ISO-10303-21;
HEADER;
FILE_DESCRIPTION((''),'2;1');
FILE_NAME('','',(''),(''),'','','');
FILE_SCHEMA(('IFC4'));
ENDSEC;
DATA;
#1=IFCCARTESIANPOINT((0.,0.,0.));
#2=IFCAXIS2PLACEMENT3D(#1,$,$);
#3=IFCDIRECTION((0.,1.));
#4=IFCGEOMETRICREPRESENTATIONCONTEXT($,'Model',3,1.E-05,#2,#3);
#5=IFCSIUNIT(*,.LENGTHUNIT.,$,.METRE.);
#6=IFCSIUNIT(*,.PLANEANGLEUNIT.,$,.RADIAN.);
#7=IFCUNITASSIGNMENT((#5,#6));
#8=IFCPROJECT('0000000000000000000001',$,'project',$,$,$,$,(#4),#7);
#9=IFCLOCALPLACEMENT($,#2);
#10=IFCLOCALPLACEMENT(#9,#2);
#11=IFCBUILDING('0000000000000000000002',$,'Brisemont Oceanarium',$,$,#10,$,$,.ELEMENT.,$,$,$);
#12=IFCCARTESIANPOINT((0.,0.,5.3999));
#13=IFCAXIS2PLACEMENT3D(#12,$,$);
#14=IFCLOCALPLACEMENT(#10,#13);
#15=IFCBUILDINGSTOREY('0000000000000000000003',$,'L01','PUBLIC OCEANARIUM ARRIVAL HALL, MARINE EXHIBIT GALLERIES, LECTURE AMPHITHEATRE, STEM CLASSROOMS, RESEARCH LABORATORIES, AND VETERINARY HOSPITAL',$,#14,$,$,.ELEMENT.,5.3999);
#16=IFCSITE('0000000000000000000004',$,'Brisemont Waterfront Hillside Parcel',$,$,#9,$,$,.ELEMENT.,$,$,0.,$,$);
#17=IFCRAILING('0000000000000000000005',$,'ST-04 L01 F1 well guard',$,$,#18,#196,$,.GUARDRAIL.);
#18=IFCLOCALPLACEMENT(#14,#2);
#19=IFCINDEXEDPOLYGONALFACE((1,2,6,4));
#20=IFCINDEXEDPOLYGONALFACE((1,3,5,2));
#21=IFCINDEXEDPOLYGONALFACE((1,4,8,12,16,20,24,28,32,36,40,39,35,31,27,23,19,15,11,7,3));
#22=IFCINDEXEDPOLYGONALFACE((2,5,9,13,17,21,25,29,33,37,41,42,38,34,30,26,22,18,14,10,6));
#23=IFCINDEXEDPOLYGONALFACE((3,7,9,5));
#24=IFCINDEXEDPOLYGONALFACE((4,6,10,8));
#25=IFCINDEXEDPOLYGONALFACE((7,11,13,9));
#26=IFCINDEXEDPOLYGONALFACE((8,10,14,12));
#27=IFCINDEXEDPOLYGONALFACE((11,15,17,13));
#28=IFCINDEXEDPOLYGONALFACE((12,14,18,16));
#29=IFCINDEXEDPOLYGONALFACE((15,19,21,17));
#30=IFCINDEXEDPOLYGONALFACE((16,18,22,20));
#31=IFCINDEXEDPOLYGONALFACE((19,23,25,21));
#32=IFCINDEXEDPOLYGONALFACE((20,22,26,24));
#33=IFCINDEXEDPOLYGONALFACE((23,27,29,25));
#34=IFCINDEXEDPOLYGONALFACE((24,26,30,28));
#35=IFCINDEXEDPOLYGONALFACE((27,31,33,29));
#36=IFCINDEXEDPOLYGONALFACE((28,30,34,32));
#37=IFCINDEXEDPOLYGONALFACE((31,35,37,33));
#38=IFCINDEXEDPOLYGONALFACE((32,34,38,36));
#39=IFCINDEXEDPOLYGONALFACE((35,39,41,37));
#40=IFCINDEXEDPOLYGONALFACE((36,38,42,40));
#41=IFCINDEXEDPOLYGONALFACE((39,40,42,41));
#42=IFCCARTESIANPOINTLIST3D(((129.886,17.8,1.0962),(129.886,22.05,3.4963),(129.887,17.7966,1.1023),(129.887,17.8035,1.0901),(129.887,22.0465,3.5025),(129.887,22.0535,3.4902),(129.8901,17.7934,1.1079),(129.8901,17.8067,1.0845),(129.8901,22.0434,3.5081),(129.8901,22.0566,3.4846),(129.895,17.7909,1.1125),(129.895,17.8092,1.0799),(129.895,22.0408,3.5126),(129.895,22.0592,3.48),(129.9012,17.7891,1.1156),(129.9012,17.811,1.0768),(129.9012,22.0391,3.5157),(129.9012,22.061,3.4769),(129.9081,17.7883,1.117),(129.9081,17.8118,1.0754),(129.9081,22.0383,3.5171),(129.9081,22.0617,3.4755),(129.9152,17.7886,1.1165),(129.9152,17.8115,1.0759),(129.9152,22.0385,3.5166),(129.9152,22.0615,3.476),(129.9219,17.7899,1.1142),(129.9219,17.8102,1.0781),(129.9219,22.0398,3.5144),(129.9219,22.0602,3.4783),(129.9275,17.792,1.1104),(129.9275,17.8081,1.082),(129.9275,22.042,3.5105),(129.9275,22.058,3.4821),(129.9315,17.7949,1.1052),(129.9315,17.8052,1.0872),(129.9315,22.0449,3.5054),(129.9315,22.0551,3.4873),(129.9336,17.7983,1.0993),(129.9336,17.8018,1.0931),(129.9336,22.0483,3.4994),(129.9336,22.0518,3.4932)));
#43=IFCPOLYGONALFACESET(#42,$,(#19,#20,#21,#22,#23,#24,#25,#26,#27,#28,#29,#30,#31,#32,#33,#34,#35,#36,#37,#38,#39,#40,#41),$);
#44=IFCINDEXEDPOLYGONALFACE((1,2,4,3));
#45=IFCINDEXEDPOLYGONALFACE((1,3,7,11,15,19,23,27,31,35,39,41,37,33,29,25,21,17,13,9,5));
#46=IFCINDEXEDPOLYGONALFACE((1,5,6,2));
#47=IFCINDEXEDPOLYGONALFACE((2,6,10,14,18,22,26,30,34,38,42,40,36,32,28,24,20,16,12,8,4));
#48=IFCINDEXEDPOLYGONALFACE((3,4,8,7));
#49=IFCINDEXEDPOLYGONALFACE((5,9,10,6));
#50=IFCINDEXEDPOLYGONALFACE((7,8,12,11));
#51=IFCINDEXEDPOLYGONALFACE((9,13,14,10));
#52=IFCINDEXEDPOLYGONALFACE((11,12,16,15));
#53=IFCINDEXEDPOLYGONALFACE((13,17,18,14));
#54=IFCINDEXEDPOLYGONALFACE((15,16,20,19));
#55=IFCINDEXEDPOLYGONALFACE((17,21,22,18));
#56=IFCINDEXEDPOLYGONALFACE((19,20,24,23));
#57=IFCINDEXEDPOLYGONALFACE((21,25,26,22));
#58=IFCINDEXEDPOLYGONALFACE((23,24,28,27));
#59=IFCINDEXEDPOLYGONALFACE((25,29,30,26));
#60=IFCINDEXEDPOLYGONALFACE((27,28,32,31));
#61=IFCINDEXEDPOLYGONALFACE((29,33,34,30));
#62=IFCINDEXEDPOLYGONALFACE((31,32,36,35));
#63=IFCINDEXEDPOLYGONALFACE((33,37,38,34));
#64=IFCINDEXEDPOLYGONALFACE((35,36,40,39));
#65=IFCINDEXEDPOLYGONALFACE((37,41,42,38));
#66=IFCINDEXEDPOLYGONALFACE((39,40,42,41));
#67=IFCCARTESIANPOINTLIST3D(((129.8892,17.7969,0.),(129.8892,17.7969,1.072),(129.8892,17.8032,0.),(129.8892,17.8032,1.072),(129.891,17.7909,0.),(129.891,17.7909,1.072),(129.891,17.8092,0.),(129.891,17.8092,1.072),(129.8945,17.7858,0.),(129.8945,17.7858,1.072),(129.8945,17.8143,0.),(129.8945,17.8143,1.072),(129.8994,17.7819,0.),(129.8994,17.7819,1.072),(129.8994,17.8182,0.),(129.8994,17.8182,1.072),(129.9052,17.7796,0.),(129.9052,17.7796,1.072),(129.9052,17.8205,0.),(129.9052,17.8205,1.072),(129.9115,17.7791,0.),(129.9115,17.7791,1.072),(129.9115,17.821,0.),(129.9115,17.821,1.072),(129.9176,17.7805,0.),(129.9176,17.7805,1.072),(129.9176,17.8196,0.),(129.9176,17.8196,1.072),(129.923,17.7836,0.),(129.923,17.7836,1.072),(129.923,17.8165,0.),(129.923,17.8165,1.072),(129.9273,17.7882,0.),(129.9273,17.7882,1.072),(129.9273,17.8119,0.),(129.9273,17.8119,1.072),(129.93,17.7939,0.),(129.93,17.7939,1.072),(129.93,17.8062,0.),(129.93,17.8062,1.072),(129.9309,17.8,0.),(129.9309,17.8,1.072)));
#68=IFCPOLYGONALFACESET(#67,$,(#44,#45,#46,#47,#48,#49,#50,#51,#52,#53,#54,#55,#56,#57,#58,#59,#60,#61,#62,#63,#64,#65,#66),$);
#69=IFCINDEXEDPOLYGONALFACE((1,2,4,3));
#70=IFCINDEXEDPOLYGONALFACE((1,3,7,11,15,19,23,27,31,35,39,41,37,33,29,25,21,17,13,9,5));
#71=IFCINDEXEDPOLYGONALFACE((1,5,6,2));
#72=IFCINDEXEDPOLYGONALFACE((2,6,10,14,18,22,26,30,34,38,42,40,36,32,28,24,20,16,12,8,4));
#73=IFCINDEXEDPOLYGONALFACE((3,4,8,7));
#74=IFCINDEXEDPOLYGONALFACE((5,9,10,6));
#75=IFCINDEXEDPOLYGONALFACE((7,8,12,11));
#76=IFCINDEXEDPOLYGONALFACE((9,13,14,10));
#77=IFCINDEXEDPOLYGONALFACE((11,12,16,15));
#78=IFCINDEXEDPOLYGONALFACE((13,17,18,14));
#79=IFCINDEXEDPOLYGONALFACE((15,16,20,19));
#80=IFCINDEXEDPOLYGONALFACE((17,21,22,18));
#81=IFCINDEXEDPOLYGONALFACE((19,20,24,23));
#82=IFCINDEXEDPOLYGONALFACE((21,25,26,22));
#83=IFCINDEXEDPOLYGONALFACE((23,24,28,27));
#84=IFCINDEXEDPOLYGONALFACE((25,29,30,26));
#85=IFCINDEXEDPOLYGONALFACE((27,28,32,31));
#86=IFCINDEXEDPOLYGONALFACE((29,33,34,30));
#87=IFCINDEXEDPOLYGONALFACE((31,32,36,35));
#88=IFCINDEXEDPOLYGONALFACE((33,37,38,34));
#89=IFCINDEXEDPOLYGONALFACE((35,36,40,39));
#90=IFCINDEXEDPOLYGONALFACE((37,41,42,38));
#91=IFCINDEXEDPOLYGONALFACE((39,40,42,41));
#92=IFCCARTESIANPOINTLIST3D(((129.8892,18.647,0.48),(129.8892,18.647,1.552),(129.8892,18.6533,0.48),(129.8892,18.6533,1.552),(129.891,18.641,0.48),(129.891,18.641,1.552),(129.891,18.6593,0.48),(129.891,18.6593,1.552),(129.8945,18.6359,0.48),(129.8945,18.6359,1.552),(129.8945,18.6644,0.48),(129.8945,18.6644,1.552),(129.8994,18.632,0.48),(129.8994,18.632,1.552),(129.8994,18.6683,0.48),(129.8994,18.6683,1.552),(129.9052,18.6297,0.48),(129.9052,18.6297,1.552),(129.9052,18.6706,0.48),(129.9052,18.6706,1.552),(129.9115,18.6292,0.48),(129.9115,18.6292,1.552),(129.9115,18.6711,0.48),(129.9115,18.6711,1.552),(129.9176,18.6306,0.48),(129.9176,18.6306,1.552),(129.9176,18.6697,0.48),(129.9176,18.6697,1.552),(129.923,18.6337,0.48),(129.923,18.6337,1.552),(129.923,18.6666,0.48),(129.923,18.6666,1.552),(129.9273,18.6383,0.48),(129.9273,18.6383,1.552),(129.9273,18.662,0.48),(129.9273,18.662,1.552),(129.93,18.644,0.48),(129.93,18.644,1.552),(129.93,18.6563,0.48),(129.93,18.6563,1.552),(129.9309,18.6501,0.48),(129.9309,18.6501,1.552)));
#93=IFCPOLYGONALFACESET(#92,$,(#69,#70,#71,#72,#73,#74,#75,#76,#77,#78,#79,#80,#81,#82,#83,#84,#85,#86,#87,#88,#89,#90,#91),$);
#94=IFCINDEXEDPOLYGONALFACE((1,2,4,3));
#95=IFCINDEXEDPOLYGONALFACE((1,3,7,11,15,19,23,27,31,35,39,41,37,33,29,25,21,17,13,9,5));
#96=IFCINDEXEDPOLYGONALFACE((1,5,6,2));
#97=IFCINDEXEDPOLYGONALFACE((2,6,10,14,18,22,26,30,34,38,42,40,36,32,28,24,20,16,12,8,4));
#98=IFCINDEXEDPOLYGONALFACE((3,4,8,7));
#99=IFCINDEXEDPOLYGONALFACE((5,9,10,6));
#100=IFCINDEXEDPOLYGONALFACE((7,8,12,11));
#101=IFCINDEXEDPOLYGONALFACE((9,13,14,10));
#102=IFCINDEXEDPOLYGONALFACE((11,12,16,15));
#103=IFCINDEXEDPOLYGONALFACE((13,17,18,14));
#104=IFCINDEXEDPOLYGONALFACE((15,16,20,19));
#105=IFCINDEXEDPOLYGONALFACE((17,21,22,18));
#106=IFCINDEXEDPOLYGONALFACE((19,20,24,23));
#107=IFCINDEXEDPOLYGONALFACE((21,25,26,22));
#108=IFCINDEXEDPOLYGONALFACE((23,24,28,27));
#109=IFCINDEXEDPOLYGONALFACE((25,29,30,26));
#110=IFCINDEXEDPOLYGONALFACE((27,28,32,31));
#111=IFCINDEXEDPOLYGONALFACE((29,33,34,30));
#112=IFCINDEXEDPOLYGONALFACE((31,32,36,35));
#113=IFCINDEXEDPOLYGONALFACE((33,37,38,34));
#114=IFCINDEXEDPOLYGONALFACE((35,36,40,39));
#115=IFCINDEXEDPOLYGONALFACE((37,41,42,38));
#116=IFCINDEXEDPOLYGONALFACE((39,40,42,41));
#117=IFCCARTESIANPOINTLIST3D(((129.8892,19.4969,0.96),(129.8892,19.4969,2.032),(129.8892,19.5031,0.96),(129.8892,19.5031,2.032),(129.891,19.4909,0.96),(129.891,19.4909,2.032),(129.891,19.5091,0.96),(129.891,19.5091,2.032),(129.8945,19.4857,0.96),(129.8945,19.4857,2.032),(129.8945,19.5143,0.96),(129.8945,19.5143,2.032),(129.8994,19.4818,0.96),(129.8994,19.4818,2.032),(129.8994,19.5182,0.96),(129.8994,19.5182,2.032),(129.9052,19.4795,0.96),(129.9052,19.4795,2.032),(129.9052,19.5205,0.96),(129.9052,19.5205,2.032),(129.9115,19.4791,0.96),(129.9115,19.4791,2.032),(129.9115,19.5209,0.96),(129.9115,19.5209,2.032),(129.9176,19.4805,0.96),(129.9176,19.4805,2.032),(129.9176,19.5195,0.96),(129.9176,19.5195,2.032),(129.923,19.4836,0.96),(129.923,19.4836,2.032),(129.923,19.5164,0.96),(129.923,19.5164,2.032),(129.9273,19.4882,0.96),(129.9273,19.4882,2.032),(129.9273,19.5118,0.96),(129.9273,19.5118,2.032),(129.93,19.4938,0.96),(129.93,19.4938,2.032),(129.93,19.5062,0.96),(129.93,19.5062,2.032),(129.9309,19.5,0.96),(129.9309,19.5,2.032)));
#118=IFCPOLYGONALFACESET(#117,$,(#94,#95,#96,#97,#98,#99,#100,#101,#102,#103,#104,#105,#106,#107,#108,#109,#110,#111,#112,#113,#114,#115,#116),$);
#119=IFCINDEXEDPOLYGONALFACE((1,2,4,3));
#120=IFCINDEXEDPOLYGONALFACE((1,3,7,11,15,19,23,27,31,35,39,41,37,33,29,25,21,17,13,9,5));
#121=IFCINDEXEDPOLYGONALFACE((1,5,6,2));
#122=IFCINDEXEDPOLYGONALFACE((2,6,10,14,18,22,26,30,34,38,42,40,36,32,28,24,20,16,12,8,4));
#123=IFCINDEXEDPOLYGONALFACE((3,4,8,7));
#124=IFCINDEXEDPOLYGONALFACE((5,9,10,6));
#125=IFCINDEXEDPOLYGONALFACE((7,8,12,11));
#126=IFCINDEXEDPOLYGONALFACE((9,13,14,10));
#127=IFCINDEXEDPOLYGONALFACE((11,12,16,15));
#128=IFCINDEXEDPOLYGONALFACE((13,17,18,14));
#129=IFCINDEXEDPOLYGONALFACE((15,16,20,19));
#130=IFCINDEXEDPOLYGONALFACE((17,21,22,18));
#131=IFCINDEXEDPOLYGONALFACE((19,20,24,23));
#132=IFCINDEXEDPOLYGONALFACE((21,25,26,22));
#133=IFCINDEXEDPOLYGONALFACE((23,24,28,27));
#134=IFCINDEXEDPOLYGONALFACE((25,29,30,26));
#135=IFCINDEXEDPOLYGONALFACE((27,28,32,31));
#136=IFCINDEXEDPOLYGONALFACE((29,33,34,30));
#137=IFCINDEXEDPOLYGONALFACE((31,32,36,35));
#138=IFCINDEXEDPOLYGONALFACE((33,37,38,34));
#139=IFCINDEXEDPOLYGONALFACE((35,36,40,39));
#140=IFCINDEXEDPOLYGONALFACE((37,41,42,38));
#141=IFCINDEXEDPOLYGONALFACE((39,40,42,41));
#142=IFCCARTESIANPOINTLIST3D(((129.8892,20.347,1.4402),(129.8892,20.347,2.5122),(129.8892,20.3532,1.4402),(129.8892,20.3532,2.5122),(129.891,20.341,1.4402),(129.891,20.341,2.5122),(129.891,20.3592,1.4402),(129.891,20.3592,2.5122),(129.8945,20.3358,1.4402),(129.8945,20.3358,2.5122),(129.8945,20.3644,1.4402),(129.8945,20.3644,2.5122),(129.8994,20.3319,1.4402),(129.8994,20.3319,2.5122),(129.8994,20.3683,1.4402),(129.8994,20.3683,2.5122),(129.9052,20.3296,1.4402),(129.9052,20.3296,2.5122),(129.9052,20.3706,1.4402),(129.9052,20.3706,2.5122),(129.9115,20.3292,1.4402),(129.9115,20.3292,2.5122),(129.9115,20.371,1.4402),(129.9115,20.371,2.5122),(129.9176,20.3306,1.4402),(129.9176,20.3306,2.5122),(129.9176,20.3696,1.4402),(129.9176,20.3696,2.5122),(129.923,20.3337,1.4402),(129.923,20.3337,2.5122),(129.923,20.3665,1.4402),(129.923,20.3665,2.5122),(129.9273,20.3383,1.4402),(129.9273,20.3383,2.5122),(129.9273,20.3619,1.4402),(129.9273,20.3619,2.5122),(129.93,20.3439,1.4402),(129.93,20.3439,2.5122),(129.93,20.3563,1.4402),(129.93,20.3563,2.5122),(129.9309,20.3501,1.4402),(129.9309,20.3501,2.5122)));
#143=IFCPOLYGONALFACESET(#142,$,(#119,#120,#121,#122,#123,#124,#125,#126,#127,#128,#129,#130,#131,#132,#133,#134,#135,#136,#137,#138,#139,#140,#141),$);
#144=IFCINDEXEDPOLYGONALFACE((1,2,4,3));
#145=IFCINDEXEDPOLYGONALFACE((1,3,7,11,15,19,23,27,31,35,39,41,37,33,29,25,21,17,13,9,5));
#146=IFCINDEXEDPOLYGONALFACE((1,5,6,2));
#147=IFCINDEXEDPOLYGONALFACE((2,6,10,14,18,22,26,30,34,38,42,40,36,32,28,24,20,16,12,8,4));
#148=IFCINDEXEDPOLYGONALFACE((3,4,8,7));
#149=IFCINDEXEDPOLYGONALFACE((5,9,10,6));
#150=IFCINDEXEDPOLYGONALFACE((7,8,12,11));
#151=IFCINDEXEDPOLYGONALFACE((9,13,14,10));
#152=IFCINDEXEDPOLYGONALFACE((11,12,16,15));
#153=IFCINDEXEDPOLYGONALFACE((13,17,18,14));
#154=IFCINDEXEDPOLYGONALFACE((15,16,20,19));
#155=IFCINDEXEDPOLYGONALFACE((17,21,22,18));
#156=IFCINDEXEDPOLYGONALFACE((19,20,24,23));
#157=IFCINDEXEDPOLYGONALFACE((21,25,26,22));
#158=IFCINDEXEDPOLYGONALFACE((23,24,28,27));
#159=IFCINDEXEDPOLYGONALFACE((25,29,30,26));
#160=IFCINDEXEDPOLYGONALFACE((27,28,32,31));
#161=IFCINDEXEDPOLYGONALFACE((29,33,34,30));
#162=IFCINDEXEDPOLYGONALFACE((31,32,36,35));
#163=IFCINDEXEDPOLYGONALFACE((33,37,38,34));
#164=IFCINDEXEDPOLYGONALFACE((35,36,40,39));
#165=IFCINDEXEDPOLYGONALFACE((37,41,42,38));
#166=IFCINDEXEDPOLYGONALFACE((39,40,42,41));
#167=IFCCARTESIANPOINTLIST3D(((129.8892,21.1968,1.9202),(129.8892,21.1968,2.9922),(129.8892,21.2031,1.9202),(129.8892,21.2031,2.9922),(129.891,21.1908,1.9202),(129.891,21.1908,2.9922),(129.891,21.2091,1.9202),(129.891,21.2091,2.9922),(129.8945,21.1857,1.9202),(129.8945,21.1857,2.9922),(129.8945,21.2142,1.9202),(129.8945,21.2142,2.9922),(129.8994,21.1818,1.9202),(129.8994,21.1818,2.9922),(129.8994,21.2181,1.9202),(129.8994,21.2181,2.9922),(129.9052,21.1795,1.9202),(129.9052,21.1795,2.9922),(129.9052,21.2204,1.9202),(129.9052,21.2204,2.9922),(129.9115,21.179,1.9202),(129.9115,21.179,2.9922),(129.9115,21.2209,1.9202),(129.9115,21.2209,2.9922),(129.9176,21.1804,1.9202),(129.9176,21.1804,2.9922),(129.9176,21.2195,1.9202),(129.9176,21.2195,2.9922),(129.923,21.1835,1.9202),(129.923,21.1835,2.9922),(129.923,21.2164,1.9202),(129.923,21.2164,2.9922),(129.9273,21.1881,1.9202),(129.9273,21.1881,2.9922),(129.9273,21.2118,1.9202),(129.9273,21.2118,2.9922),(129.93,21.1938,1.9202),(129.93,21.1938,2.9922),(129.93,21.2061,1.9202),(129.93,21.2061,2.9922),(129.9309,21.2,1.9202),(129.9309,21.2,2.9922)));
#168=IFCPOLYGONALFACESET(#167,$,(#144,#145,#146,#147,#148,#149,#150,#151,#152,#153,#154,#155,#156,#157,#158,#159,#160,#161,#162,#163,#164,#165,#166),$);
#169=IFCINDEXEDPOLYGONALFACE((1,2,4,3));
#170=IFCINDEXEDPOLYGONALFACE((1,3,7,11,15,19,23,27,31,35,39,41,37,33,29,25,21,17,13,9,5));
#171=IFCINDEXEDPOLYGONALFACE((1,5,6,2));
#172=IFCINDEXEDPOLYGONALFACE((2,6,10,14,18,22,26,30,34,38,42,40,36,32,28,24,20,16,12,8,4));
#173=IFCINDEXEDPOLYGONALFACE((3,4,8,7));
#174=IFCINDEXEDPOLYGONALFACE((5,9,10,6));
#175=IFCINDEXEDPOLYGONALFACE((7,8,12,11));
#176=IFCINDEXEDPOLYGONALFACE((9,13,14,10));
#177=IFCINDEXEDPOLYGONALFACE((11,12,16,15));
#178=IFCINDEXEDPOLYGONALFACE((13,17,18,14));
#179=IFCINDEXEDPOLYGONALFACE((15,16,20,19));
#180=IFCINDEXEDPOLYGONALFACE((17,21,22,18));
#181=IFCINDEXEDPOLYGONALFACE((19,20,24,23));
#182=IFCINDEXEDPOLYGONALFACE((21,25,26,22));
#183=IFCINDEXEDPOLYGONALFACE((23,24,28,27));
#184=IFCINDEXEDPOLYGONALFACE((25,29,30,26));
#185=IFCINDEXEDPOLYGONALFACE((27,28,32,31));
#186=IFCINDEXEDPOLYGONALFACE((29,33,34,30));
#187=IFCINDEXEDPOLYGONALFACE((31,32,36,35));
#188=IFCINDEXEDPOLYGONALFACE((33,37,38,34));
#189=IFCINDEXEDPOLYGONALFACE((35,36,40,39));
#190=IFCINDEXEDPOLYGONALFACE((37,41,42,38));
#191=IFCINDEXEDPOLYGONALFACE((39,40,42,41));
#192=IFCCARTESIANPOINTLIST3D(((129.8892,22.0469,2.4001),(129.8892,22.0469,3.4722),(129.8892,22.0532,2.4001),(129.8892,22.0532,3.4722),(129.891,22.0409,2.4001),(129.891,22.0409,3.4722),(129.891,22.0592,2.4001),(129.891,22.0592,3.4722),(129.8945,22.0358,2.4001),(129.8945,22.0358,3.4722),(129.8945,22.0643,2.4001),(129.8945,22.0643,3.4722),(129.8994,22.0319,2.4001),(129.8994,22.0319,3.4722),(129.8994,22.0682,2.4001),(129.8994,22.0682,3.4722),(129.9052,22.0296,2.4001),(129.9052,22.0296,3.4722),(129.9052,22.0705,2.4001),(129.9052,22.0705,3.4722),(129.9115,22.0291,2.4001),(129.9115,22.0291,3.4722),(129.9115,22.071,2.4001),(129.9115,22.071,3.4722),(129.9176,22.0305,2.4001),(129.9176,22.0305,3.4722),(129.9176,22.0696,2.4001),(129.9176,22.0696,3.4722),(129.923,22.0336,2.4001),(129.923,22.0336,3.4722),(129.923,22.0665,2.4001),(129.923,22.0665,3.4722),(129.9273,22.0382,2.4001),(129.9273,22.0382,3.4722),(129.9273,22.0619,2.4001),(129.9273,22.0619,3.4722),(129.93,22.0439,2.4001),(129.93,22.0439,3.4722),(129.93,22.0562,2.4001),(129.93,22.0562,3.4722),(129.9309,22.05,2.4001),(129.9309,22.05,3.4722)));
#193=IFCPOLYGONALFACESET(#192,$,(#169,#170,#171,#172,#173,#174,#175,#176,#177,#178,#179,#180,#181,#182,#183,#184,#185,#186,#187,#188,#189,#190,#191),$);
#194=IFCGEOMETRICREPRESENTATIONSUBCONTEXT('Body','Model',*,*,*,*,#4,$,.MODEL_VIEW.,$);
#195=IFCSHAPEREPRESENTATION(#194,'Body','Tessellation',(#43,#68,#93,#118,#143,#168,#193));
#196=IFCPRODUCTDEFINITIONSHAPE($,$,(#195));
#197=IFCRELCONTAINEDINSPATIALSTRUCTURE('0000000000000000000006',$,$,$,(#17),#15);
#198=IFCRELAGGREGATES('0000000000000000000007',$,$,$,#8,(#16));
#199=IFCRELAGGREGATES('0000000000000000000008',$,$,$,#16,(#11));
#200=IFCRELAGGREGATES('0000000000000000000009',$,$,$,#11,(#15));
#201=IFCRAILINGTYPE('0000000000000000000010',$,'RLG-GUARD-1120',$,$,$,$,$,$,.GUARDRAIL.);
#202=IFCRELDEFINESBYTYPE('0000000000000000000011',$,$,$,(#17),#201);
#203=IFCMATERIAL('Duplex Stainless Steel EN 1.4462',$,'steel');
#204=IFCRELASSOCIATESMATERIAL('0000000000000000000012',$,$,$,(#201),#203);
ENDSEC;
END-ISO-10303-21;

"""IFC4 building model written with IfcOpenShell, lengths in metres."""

from ifc_helpers import new_model, si_unit, direction, frame, origin, origin_2d, place, context, subcontext, project, spatial, circle, extrude, material, type_object, element, save


model = new_model("IFC4")

# Units and contexts
model_context = context("Model", 3, precision=1e-05, world=origin(), true_north=direction((0.0, 1.0)))
body_context = subcontext(model_context, "Body", "Model", "MODEL_VIEW")
ifc_project = project(units=[si_unit("LENGTHUNIT", "METRE"), si_unit("PLANEANGLEUNIT", "RADIAN")], contexts=[model_context])

# Site, building, storey
site_placement = place(None, origin())
site = spatial("IfcSite", under=ifc_project, at=site_placement, Name="Brisemont Waterfront Hillside Parcel", CompositionType="ELEMENT", RefElevation=0.0)
building_placement = place(site_placement, origin())
building = spatial("IfcBuilding", under=site, at=building_placement, Name="Brisemont Oceanarium", CompositionType="ELEMENT")
storey_placement = place(building_placement, frame((0.0, 0.0, 5.3999)))
storey = spatial("IfcBuildingStorey", under=building, at=storey_placement, Name="L01", Description="PUBLIC OCEANARIUM ARRIVAL HALL, MARINE EXHIBIT GALLERIES, LECTURE AMPHITHEATRE, STEM CLASSROOMS, RESEARCH LABORATORIES, AND VETERINARY HOSPITAL", CompositionType="ELEMENT", Elevation=5.3999)

# Railing
ifc_material_1 = material(Name="Duplex Stainless Steel EN 1.4462", Category="steel")
railing_type_1 = type_object("IfcRailingType", Name="RLG-GUARD-1120", PredefinedType="GUARDRAIL", material=ifc_material_1)
railing_1_placement = place(storey_placement, frame((129.9099, 17.8, 0.0)))
element("IfcRailing", 1, at=railing_1_placement, inside=storey, type_object=railing_type_1, Name="ST-04 L01 F1 well guard", PredefinedType="GUARDRAIL", context=body_context, shape_type="SweptSolid", body=[
    extrude(circle(Radius=0.0239, at=origin_2d()), frame((0.0, 0.0, 1.0962), z_axis=(0.0, 0.870741, 0.491742), x_axis=(-1.0, 0.0, 0.0)), (0.0, 0.0, 1.0), 4.8809),
    extrude(circle(Radius=0.021, at=origin_2d()), origin(), (0.0, 0.0, 1.0), 1.072),
    extrude(circle(Radius=0.021, at=origin_2d()), frame((0.0, 0.8501, 0.48)), (0.0, 0.0, 1.0), 1.072),
    extrude(circle(Radius=0.021, at=origin_2d()), frame((0.0, 1.7, 0.96)), (0.0, 0.0, 1.0), 1.072),
    extrude(circle(Radius=0.021, at=origin_2d()), frame((0.0, 2.55, 1.4402)), (0.0, 0.0, 1.0), 1.072),
    extrude(circle(Radius=0.021, at=origin_2d()), frame((0.0, 3.3999, 1.9202)), (0.0, 0.0, 1.0), 1.072),
    extrude(circle(Radius=0.021, at=origin_2d()), frame((0.0, 4.25, 2.4001)), (0.0, 0.0, 1.0), 1.072),
])

save(model, "model.ifc")
